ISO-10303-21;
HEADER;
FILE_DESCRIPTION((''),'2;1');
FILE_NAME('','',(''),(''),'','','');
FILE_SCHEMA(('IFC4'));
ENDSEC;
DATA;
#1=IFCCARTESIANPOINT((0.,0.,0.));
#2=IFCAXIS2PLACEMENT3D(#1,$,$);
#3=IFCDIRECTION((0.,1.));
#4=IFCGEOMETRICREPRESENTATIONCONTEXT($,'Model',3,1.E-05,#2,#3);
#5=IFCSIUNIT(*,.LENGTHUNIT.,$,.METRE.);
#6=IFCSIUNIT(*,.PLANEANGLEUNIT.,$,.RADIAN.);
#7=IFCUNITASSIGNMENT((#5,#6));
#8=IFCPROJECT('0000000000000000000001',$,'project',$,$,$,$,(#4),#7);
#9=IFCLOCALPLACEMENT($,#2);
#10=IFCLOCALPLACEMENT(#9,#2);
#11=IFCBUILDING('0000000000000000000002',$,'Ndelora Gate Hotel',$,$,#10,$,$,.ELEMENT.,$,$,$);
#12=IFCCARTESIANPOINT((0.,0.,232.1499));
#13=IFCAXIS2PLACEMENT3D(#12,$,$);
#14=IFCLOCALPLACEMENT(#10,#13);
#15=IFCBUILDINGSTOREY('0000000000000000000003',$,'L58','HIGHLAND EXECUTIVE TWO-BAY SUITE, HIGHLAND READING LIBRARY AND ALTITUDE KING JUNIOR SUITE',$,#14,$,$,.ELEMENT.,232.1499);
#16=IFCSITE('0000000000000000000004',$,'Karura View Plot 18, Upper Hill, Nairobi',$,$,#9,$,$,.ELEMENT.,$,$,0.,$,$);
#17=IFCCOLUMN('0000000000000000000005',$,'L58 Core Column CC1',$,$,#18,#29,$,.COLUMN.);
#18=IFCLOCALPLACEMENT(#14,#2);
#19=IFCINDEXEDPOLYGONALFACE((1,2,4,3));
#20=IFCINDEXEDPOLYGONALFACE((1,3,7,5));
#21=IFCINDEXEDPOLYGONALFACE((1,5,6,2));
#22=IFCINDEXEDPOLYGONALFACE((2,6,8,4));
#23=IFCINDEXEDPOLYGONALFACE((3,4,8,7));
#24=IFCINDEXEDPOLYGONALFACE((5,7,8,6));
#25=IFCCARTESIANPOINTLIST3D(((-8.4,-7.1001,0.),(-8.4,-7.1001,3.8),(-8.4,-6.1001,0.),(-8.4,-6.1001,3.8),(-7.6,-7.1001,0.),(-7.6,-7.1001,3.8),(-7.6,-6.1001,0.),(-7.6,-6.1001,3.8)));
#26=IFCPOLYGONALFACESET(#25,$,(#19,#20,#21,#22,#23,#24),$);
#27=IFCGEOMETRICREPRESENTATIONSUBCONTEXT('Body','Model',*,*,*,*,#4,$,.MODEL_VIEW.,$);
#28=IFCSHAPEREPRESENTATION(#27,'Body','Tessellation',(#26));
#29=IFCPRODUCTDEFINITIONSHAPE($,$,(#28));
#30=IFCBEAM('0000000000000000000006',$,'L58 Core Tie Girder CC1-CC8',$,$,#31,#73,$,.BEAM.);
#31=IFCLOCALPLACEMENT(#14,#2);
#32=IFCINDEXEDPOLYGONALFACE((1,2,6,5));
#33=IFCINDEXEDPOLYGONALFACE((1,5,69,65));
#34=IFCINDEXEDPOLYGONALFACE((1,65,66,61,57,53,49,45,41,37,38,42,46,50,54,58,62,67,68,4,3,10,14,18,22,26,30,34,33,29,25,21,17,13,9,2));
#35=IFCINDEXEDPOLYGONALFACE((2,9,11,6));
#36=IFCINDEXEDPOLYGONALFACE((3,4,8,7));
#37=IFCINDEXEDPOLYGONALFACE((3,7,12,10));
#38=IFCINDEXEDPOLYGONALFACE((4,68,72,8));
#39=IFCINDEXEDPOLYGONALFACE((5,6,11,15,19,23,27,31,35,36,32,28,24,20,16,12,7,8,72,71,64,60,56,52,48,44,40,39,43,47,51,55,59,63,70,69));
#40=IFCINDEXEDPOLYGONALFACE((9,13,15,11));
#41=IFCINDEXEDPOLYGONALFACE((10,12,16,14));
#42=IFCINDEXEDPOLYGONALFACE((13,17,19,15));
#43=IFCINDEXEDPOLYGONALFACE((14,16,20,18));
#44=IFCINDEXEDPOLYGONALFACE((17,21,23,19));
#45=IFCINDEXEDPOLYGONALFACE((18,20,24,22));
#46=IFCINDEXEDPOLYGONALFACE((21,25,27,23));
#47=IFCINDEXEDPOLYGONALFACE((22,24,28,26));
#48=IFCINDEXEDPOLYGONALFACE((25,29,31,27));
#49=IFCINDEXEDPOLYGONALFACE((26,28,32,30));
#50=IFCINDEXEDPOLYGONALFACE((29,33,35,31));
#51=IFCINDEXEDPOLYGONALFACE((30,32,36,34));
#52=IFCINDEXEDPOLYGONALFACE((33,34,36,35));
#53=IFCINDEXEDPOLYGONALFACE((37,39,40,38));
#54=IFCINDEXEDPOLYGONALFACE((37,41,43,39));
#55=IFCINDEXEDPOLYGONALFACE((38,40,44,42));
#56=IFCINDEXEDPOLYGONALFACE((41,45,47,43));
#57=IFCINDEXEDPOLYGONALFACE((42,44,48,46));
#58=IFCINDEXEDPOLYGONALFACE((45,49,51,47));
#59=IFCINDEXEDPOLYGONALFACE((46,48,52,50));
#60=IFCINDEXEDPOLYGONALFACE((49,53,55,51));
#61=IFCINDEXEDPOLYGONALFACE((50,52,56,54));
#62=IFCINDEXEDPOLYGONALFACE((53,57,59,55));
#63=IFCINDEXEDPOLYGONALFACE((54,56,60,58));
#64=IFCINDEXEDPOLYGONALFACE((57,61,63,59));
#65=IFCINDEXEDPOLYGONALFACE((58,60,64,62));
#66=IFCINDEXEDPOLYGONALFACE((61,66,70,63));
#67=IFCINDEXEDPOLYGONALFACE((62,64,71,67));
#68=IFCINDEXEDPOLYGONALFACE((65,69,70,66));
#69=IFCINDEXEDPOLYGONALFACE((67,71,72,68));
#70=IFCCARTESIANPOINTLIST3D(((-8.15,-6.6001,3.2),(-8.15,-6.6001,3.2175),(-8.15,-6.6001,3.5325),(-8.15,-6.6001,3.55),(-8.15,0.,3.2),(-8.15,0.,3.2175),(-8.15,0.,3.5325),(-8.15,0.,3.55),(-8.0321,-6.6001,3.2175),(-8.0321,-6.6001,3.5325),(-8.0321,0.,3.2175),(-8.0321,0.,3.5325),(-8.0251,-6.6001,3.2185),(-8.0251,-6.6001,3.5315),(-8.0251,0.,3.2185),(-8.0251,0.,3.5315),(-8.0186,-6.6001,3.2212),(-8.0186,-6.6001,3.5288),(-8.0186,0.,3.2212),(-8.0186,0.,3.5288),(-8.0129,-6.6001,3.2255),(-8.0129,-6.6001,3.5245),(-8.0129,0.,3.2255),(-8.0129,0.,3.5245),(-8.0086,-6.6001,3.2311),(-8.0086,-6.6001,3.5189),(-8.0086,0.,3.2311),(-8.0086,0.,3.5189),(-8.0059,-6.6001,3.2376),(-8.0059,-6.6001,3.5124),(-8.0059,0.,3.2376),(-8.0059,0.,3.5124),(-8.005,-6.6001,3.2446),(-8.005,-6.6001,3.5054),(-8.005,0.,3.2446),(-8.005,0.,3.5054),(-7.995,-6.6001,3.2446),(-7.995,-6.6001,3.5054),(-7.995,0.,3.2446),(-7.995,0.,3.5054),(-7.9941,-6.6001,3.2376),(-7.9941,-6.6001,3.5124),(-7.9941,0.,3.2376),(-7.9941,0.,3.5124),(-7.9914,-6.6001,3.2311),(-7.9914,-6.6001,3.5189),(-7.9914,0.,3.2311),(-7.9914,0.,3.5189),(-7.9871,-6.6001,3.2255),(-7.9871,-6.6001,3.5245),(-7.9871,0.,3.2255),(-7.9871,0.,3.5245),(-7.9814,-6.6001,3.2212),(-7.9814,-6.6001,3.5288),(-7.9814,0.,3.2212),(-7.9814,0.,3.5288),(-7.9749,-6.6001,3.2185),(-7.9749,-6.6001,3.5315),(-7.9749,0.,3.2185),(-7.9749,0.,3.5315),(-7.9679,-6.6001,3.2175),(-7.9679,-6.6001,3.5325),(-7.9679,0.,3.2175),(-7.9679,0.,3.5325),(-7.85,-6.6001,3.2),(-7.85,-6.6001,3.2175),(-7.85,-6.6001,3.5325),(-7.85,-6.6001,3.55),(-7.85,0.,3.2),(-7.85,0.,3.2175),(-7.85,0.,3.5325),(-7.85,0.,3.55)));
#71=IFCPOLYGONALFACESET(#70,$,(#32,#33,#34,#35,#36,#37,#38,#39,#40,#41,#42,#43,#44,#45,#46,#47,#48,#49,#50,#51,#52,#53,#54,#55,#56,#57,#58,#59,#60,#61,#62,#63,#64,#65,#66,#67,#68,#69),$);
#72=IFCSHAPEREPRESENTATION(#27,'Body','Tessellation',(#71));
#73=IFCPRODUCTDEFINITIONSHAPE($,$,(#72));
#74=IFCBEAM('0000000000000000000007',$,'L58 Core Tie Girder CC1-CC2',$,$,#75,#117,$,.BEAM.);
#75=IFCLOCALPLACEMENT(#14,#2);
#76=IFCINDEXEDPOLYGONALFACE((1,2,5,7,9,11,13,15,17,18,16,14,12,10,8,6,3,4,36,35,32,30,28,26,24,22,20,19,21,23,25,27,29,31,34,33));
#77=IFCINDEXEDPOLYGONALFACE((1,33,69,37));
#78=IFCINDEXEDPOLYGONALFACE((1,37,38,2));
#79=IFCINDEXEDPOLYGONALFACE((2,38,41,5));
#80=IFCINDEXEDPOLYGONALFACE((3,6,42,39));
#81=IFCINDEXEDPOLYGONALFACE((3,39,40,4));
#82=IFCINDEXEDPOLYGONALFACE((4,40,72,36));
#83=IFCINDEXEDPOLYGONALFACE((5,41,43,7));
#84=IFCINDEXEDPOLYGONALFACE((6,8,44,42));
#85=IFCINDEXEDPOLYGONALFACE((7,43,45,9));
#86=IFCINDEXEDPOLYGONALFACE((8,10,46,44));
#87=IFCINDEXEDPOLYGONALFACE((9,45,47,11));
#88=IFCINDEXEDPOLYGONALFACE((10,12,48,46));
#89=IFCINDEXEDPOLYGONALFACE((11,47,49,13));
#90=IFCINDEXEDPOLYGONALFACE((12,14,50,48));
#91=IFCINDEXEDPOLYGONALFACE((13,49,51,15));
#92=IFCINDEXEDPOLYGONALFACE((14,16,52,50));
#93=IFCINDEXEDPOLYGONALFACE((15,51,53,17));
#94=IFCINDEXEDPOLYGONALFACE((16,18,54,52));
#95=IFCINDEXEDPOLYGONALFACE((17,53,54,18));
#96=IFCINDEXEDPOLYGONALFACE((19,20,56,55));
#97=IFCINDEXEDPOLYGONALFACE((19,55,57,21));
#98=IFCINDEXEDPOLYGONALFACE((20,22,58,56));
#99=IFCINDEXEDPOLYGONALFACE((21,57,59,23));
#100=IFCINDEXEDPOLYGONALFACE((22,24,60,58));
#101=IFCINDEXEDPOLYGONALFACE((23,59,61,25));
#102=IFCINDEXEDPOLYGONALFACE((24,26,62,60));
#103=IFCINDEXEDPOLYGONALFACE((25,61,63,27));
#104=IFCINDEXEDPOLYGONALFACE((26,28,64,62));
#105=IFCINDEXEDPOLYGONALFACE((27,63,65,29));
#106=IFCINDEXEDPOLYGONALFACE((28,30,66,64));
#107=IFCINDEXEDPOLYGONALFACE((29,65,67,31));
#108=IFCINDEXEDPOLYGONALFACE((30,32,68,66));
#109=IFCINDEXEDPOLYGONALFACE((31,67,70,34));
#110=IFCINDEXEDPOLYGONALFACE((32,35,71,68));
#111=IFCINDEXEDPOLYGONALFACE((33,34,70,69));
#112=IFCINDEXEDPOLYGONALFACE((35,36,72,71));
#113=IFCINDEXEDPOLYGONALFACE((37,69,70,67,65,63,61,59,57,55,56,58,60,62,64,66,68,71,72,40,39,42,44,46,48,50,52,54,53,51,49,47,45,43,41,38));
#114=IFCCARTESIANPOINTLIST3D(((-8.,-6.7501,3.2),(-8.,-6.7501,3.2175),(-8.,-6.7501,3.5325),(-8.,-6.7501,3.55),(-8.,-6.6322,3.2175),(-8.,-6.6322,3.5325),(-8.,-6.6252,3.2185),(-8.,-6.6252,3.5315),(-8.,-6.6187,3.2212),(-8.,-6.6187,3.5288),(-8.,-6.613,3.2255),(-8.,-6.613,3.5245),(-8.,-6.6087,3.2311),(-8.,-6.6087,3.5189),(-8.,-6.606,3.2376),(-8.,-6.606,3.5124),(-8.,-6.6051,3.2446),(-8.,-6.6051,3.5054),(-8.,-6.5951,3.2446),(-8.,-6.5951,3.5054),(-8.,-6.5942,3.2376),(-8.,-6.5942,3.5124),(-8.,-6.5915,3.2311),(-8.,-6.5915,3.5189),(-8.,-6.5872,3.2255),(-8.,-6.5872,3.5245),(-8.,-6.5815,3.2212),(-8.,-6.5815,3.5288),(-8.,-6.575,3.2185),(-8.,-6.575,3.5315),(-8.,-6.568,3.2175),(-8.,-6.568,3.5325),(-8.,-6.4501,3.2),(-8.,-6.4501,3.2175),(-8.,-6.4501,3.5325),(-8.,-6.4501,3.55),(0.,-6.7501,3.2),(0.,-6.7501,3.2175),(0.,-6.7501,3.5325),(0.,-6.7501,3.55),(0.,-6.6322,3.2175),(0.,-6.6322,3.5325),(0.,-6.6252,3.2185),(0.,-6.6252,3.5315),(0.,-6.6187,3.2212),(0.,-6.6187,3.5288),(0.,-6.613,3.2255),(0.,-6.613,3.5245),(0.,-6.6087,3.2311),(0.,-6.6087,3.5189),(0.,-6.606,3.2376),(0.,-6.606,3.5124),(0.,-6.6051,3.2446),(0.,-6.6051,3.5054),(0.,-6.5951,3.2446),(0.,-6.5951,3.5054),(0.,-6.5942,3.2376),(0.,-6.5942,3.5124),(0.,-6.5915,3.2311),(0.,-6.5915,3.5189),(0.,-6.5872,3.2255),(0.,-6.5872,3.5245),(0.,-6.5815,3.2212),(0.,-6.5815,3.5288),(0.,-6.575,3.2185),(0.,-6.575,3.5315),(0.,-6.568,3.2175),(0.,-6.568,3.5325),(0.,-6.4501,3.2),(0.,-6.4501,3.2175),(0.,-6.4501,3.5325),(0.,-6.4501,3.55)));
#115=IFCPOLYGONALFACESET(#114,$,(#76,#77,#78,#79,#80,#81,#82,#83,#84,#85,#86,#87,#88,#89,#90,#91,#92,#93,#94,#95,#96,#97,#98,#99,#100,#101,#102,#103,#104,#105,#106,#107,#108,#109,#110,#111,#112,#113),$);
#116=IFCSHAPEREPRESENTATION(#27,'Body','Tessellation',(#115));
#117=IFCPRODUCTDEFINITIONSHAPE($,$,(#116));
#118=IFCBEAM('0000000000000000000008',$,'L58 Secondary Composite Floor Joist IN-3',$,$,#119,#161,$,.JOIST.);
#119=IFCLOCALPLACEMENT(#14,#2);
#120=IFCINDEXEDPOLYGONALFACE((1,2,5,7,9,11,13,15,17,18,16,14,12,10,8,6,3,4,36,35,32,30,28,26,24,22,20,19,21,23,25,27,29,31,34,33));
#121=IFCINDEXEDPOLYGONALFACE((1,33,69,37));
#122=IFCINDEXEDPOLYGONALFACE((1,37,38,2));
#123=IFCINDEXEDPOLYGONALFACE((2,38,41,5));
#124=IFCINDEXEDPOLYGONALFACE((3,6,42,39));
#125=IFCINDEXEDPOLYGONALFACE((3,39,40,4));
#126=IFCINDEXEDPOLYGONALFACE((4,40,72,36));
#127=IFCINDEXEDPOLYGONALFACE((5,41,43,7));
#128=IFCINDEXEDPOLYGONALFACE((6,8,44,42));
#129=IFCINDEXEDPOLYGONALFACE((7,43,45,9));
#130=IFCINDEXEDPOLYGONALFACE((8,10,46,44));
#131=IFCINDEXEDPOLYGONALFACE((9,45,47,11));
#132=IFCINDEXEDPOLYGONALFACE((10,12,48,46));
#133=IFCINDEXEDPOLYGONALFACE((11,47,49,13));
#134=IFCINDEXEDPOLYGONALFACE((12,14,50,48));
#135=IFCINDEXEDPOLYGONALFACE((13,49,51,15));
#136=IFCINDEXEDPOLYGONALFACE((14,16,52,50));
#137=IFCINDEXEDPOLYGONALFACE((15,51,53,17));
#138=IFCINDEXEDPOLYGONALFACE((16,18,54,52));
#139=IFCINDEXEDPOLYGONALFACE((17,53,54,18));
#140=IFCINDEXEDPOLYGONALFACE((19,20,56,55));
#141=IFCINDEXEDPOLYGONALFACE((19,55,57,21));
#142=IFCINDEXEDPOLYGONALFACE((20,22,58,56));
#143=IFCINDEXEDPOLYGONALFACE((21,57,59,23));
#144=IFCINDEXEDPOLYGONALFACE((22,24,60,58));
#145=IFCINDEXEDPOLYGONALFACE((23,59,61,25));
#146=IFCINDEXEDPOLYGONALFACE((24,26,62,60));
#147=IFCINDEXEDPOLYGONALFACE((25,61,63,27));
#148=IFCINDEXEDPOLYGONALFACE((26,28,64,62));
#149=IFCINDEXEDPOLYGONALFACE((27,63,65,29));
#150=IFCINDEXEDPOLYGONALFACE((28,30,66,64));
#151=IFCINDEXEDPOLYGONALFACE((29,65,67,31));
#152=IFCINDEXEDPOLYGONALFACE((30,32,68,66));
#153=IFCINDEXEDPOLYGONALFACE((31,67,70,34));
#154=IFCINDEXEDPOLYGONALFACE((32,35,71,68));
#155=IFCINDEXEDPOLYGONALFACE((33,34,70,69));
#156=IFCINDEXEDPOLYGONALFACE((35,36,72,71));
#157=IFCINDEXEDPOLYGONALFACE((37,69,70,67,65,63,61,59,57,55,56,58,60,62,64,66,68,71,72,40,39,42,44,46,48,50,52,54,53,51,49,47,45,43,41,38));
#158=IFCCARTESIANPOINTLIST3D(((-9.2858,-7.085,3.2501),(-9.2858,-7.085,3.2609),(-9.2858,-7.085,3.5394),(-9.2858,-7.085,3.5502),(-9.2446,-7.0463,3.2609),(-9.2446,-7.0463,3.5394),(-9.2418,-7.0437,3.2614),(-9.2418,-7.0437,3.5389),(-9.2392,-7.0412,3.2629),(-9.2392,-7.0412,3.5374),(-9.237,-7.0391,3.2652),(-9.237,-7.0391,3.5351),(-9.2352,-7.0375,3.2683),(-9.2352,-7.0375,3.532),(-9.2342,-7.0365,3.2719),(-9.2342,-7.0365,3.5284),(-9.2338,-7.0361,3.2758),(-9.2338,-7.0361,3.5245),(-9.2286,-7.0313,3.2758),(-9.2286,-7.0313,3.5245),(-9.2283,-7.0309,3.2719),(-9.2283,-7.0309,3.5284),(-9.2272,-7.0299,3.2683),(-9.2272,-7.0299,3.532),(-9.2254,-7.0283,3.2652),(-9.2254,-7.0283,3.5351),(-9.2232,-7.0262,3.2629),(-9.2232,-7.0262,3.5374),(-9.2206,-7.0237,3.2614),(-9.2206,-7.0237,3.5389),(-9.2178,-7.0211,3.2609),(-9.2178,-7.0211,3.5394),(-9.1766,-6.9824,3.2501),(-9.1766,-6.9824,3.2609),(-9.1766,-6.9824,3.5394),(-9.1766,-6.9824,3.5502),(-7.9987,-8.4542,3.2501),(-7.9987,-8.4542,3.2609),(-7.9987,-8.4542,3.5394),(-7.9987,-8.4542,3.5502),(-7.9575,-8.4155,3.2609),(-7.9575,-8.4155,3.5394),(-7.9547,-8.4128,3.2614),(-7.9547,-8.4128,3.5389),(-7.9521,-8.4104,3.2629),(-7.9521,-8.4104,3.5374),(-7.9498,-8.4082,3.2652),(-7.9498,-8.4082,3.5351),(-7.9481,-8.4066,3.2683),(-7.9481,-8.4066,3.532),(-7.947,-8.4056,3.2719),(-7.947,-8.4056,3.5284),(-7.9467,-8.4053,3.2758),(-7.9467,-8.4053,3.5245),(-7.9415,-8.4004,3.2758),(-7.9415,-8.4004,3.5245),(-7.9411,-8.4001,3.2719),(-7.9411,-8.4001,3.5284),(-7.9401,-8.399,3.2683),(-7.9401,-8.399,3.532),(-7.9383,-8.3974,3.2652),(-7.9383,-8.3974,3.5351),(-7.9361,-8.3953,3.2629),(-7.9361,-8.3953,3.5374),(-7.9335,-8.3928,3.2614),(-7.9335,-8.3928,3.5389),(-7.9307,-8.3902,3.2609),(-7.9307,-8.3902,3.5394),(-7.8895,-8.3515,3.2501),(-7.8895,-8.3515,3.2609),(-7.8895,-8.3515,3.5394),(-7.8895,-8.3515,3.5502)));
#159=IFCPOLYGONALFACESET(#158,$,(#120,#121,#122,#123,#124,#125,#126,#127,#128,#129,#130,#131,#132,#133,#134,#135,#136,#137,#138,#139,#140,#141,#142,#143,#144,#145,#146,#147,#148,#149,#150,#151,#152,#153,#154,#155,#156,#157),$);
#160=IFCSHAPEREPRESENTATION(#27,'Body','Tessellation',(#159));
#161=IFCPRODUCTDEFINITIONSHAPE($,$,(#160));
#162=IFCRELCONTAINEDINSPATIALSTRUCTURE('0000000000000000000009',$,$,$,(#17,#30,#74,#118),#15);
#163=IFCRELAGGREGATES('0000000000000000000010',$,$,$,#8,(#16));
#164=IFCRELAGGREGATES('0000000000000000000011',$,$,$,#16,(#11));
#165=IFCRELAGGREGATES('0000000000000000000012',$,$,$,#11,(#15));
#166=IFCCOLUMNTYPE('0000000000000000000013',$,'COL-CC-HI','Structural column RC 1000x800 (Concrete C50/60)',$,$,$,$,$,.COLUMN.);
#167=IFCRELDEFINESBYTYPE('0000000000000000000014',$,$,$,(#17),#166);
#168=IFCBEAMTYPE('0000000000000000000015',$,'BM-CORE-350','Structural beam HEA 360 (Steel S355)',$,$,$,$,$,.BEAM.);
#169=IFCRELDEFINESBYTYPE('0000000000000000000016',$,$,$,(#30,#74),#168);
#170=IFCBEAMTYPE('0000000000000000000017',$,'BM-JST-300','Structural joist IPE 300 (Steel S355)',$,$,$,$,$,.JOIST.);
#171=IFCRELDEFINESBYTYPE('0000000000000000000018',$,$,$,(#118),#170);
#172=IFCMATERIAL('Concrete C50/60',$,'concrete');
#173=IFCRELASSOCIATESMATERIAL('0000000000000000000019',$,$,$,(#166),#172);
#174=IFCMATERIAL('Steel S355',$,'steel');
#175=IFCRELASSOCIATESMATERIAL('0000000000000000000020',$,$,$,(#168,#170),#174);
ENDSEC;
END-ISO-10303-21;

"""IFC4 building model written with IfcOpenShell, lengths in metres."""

from ifc_helpers import new_model, si_unit, direction, frame, origin, origin_2d, place, context, subcontext, project, spatial, rectangle, i_section, extrude, material, material_profile, profile_set, type_object, element, save


model = new_model("IFC4")

# Units and contexts
model_context = context("Model", 3, precision=1e-05, world=origin(), true_north=direction((0.0, 1.0)))
body_context = subcontext(model_context, "Body", "Model", "MODEL_VIEW")
ifc_project = project(units=[si_unit("LENGTHUNIT", "METRE"), si_unit("PLANEANGLEUNIT", "RADIAN")], contexts=[model_context])

# Site, building, storey
site_placement = place(None, origin())
site = spatial("IfcSite", under=ifc_project, at=site_placement, Name="Karura View Plot 18, Upper Hill, Nairobi", CompositionType="ELEMENT", RefElevation=0.0)
building_placement = place(site_placement, origin())
building = spatial("IfcBuilding", under=site, at=building_placement, Name="Ndelora Gate Hotel", CompositionType="ELEMENT")
storey_placement = place(building_placement, frame((0.0, 0.0, 232.1499)))
storey = spatial("IfcBuildingStorey", under=building, at=storey_placement, Name="L58", Description="HIGHLAND EXECUTIVE TWO-BAY SUITE, HIGHLAND READING LIBRARY AND ALTITUDE KING JUNIOR SUITE", CompositionType="ELEMENT", Elevation=232.1499)

# Column
ifc_material_1 = material(Name="Concrete C50/60", Category="concrete")
ifc_material_profile_1 = material_profile(ifc_material_1, rectangle(XDim=0.8, YDim=1.0, at=origin_2d()), Name="RC 1000x800")
ifc_profile_set_1 = profile_set([ifc_material_profile_1], Name="Concrete C50/60")
column_type = type_object("IfcColumnType", Name="COL-CC-HI", Description="Structural column RC 1000x800 (Concrete C50/60)", PredefinedType="COLUMN", material=ifc_profile_set_1)
column_placement = place(storey_placement, frame((-8.0, -6.6001, 0.0), z_axis=(0.0, 0.0, 1.0), x_axis=(1.0, 0.0, 0.0)))
element("IfcColumn", 1, at=column_placement, inside=storey, type_object=column_type, Name="L58 Core Column CC1", PredefinedType="COLUMN", context=body_context, shape_type="SweptSolid", body=[
    extrude(rectangle(XDim=0.8, YDim=1.0, at=origin_2d()), origin(), (0.0, 0.0, 1.0), 3.8),
])

# Beams
ifc_material_2 = material(Name="Steel S355", Category="steel")
ifc_material_profile_2 = material_profile(ifc_material_2, i_section(OverallWidth=0.3, OverallDepth=0.3501, WebThickness=0.01, FlangeThickness=0.0176, FilletRadius=0.0271, at=origin_2d()), Name="HEA 360")
ifc_profile_set_2 = profile_set([ifc_material_profile_2], Name="Steel S355")
beam_type_1 = type_object("IfcBeamType", Name="BM-CORE-350", Description="Structural beam HEA 360 (Steel S355)", PredefinedType="BEAM", material=ifc_profile_set_2)
beam_1_placement = place(storey_placement, frame((-8.0, -6.6001, 3.375), z_axis=(0.0, 1.0, 0.0), x_axis=(-1.0, 0.0, 0.0)))
element("IfcBeam", 2, at=beam_1_placement, inside=storey, type_object=beam_type_1, Name="L58 Core Tie Girder CC1-CC8", PredefinedType="BEAM", context=body_context, shape_type="SweptSolid", body=[
    extrude(i_section(OverallWidth=0.3, OverallDepth=0.3501, WebThickness=0.01, FlangeThickness=0.0176, FilletRadius=0.0271, at=origin_2d()), origin(), (0.0, 0.0, 1.0), 6.6001),
])
beam_2_placement = place(storey_placement, frame((-8.0, -6.6001, 3.375), z_axis=(1.0, 0.0, 0.0), x_axis=(0.0, 1.0, 0.0)))
element("IfcBeam", 3, at=beam_2_placement, inside=storey, type_object=beam_type_1, Name="L58 Core Tie Girder CC1-CC2", PredefinedType="BEAM", context=body_context, shape_type="SweptSolid", body=[
    extrude(i_section(OverallWidth=0.3, OverallDepth=0.3501, WebThickness=0.01, FlangeThickness=0.0176, FilletRadius=0.0271, at=origin_2d()), origin(), (0.0, 0.0, 1.0), 8.0),
])
ifc_material_profile_3 = material_profile(ifc_material_2, i_section(OverallWidth=0.1499, OverallDepth=0.3, WebThickness=0.0071, FlangeThickness=0.0107, FilletRadius=0.0149, at=origin_2d()), Name="IPE 300")
ifc_profile_set_3 = profile_set([ifc_material_profile_3], Name="Steel S355")
beam_type_2 = type_object("IfcBeamType", Name="BM-JST-300", Description="Structural joist IPE 300 (Steel S355)", PredefinedType="JOIST", material=ifc_profile_set_3)
beam_3_placement = place(storey_placement, frame((-9.2312, -7.0337, 3.4001), z_axis=(0.684943, -0.728597, 0.0), x_axis=(0.728597, 0.684943, 0.0)))
element("IfcBeam", 4, at=beam_3_placement, inside=storey, type_object=beam_type_2, Name="L58 Secondary Composite Floor Joist IN-3", PredefinedType="JOIST", context=body_context, shape_type="SweptSolid", body=[
    extrude(i_section(OverallWidth=0.1499, OverallDepth=0.3, WebThickness=0.0071, FlangeThickness=0.0107, FilletRadius=0.0149, at=origin_2d()), origin(), (0.0, 0.0, 1.0), 1.8792),
])

save(model, "model.ifc")
